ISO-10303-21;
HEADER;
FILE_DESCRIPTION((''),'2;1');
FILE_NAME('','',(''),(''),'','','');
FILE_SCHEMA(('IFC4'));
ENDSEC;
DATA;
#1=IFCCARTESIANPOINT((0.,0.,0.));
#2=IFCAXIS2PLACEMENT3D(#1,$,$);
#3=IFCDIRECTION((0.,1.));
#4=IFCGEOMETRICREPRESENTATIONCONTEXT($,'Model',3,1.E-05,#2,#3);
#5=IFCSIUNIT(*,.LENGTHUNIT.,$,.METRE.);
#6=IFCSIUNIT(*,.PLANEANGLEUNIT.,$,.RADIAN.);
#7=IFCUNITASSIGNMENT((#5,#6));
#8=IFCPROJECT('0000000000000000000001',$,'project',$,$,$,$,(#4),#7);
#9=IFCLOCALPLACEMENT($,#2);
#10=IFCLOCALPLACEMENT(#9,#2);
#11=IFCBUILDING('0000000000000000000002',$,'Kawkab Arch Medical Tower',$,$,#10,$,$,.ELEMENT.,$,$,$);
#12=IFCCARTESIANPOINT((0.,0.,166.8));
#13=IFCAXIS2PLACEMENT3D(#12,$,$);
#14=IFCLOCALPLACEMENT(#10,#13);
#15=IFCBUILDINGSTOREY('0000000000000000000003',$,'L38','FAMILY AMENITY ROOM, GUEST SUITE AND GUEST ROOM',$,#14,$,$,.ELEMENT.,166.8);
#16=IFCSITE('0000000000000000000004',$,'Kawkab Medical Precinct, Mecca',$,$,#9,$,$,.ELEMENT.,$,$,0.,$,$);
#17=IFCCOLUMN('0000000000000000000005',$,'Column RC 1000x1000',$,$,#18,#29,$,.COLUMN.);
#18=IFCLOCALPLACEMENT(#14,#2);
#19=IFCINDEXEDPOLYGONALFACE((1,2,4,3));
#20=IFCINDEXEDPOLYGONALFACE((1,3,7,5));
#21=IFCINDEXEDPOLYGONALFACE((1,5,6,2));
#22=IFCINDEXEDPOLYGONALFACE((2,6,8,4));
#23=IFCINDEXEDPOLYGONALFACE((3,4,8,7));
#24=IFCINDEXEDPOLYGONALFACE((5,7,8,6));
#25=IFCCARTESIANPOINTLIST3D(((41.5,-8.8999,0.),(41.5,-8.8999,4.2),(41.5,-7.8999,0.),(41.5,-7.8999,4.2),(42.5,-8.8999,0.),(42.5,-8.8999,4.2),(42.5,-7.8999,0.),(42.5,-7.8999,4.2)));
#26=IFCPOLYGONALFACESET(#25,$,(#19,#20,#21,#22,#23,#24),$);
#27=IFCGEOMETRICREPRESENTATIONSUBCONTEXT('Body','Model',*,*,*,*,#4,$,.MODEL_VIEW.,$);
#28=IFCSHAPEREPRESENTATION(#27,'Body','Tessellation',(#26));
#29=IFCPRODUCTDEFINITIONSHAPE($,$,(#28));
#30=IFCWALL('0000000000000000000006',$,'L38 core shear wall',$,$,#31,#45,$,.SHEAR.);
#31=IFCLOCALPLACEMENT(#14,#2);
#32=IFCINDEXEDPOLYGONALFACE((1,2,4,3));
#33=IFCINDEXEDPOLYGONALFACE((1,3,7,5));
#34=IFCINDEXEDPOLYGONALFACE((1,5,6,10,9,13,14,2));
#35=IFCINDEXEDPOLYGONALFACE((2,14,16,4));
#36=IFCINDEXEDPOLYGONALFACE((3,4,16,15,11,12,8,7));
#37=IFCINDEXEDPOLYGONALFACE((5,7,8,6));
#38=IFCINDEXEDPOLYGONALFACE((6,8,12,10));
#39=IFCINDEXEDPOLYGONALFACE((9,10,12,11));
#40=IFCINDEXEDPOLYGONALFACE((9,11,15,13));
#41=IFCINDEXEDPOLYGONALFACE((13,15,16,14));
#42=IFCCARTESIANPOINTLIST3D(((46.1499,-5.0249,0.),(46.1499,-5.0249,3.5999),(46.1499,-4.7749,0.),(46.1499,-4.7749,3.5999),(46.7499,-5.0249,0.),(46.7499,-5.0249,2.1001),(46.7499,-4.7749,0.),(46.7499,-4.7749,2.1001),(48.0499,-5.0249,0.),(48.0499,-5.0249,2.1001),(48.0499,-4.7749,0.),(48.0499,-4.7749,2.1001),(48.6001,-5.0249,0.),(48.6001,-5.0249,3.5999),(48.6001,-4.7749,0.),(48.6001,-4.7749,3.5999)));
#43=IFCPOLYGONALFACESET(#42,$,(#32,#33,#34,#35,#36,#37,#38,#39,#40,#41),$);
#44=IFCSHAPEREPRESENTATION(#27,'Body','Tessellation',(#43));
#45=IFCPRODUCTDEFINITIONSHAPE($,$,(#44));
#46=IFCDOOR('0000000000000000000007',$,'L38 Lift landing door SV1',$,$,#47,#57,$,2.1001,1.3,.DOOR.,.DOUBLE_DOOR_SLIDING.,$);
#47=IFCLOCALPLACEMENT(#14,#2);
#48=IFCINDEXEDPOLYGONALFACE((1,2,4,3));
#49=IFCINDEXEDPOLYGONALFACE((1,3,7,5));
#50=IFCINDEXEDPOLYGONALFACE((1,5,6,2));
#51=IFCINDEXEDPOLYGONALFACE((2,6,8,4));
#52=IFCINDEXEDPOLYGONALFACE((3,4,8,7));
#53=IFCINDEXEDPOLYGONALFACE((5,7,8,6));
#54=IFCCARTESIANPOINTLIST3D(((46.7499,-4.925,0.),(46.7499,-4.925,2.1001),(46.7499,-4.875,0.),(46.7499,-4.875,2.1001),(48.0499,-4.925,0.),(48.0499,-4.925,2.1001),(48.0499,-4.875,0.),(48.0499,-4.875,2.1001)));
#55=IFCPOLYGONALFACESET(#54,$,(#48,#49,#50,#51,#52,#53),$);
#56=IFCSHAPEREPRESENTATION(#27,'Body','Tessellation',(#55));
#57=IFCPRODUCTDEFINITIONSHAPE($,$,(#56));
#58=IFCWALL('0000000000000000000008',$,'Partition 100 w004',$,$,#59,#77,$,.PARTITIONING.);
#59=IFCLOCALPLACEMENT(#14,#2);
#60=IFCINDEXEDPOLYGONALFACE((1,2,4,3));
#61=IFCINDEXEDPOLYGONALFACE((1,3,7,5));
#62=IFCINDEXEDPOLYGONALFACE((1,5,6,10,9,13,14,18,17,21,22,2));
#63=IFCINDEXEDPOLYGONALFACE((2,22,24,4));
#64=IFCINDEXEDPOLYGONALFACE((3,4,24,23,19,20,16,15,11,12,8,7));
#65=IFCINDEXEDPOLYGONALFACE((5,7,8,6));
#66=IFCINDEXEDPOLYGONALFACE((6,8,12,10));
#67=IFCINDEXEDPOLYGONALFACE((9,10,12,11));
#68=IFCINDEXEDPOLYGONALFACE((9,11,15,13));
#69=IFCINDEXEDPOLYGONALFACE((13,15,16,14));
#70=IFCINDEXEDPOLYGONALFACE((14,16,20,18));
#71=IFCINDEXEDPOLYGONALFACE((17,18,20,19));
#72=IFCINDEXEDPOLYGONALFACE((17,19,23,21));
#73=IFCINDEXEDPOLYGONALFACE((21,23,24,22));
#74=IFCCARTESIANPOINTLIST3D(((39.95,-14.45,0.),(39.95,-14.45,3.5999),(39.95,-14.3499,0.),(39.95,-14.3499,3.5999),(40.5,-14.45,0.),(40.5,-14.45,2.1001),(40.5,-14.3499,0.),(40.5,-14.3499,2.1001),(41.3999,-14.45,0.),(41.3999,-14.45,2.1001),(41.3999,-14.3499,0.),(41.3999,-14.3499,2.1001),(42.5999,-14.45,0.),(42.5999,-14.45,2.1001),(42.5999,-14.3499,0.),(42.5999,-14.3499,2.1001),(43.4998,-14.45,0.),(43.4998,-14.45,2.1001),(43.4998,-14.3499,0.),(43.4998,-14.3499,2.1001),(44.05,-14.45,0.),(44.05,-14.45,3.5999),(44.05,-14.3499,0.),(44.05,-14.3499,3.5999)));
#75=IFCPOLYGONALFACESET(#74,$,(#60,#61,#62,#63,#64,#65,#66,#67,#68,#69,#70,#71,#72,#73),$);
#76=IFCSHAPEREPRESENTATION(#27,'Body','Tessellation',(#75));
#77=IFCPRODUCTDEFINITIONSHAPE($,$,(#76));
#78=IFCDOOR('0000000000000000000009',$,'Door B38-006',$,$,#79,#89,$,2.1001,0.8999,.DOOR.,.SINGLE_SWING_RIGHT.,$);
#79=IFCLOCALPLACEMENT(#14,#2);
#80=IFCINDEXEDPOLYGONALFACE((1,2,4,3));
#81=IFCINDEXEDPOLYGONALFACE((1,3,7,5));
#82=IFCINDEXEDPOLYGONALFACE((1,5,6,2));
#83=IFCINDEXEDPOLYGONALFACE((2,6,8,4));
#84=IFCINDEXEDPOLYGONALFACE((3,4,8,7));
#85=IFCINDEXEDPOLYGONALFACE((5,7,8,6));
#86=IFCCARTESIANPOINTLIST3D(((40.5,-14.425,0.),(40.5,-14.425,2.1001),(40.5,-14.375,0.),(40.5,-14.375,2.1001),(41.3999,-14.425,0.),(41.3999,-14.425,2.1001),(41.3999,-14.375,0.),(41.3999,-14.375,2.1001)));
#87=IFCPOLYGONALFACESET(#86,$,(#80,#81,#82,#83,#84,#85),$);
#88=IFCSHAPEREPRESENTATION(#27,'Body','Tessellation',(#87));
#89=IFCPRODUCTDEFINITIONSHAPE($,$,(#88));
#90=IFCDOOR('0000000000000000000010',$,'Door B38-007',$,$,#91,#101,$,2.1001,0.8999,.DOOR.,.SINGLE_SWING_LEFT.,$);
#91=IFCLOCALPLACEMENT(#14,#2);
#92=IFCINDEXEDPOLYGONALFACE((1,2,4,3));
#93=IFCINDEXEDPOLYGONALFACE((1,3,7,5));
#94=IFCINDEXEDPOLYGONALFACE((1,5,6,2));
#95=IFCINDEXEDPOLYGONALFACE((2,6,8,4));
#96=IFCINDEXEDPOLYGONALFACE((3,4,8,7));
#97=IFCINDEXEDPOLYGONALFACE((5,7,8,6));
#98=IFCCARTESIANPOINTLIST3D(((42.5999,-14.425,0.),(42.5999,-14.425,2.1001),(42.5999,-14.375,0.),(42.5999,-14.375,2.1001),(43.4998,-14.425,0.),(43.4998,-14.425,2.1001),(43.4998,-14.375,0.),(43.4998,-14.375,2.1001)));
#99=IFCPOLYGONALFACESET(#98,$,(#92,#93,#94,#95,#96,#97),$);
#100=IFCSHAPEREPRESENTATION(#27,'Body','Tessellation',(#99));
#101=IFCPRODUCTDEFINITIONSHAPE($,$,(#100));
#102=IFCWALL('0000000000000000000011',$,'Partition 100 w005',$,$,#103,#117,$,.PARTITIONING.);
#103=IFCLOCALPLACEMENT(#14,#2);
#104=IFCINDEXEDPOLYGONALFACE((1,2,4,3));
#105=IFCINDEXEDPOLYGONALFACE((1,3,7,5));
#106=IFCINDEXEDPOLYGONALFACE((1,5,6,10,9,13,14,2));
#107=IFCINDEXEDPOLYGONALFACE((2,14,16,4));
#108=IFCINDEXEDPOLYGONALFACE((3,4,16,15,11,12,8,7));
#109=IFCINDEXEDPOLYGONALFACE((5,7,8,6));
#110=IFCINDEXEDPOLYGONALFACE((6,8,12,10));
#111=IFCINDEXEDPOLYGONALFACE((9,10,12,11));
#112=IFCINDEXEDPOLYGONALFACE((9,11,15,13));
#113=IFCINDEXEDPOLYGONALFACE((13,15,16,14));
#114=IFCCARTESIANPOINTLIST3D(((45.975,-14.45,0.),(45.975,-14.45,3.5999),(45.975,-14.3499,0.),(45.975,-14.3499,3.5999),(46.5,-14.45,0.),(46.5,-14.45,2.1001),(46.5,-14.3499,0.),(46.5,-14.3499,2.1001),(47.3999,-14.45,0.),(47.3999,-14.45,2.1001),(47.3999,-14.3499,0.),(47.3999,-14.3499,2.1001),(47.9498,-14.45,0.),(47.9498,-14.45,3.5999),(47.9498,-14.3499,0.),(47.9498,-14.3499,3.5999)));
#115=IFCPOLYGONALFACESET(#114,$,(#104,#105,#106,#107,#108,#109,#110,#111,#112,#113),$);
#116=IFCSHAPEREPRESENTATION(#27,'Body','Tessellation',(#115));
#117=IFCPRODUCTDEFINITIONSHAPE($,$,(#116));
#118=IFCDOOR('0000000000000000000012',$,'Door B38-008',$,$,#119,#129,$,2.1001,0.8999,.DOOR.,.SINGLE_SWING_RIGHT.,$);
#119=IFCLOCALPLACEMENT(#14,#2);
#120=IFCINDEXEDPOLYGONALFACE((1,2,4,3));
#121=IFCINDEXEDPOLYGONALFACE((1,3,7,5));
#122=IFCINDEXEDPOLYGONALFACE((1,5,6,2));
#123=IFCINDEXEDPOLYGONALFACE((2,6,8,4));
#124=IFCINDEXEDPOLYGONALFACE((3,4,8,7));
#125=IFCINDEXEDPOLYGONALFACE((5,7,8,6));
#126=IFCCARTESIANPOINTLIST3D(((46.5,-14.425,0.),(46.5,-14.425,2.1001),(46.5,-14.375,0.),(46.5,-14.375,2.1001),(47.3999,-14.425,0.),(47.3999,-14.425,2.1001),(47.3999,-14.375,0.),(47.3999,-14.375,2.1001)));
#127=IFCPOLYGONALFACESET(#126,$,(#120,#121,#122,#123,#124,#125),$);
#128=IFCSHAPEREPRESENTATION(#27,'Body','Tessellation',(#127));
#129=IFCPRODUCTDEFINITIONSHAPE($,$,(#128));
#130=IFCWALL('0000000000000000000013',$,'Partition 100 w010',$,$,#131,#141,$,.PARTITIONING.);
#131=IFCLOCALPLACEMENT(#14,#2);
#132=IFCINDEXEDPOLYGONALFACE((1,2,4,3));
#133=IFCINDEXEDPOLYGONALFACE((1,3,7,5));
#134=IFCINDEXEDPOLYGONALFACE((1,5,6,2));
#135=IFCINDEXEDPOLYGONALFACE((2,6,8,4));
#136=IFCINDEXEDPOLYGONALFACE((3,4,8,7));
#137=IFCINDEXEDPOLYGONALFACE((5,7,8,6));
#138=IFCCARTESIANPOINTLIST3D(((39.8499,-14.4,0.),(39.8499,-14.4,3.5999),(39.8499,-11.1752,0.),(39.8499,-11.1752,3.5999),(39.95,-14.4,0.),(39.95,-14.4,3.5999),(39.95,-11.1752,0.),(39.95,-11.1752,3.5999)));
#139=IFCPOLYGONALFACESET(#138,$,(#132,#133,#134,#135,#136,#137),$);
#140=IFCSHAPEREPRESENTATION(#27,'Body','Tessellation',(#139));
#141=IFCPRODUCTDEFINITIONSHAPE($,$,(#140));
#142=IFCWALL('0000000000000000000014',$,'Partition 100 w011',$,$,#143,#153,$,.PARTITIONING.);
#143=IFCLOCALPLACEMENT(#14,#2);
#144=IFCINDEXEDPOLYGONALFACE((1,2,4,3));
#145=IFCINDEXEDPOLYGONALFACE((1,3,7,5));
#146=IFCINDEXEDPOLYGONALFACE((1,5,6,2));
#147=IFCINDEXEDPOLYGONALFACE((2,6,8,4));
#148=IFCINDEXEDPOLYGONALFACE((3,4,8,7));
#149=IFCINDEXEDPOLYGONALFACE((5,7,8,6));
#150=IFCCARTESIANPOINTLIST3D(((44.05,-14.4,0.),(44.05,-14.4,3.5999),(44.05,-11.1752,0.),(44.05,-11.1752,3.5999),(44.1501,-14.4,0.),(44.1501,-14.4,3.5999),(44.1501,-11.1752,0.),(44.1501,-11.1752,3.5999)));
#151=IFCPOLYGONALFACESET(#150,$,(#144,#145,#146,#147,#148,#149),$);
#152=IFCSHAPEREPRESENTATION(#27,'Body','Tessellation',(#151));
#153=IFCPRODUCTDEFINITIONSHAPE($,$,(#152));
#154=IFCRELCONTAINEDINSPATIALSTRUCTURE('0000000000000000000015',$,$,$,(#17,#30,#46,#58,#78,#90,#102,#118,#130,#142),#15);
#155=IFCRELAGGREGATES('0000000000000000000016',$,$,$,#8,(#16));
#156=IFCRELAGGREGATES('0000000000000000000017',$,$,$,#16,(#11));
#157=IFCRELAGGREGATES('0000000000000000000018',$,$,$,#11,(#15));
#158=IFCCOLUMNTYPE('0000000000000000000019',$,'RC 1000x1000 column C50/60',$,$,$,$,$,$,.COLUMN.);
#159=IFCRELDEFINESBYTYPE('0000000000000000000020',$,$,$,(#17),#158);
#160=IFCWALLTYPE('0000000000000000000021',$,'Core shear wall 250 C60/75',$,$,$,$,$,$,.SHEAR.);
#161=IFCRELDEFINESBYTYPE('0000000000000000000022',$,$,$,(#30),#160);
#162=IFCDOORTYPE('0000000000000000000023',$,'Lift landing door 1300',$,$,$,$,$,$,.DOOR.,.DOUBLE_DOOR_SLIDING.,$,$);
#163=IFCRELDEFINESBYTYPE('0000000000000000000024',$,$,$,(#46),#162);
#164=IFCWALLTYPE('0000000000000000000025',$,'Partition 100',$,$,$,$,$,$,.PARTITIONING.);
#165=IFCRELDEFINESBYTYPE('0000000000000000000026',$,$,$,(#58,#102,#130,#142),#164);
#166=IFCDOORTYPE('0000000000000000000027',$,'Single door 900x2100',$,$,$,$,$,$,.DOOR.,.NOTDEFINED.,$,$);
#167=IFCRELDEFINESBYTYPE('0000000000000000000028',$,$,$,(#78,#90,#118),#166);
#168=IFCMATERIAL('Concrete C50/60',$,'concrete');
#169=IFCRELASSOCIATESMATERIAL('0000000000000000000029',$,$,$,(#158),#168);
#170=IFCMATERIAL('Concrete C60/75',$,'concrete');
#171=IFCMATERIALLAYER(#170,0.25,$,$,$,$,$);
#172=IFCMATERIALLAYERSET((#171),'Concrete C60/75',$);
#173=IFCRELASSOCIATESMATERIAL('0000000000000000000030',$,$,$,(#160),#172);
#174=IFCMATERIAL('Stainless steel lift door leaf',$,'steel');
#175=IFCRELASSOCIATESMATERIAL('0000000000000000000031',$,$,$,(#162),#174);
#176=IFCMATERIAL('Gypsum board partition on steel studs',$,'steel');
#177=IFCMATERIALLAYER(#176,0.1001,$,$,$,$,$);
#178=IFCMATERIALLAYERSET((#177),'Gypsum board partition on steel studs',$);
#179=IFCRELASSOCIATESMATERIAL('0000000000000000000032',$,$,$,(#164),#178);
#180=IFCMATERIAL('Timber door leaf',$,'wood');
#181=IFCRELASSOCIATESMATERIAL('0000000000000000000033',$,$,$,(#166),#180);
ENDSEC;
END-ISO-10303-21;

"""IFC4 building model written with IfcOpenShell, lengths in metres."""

from ifc_helpers import new_model, si_unit, direction, frame, frame_2d, origin, origin_2d, place, context, subcontext, project, spatial, rectangle, extrude, material, layer, layer_set, material_profile, profile_set, type_object, element, fill, save


model = new_model("IFC4")

# Units and contexts
model_context = context("Model", 3, precision=1e-05, world=origin(), true_north=direction((0.0, 1.0)))
body_context = subcontext(model_context, "Body", "Model", "MODEL_VIEW")
ifc_project = project(units=[si_unit("LENGTHUNIT", "METRE"), si_unit("PLANEANGLEUNIT", "RADIAN")], contexts=[model_context])

# Site, building, storey
site_placement = place(None, origin())
site = spatial("IfcSite", under=ifc_project, at=site_placement, Name="Kawkab Medical Precinct, Mecca", CompositionType="ELEMENT", RefElevation=0.0)
building_placement = place(site_placement, origin())
building = spatial("IfcBuilding", under=site, at=building_placement, Name="Kawkab Arch Medical Tower", CompositionType="ELEMENT")
storey_placement = place(building_placement, frame((0.0, 0.0, 166.8)))
storey = spatial("IfcBuildingStorey", under=building, at=storey_placement, Name="L38", Description="FAMILY AMENITY ROOM, GUEST SUITE AND GUEST ROOM", CompositionType="ELEMENT", Elevation=166.8)

# Column
ifc_material_1 = material(Name="Concrete C50/60", Category="concrete")
ifc_material_profile = material_profile(ifc_material_1, rectangle(XDim=1.0, YDim=1.0, at=origin_2d()), Name="RC 1000x1000")
ifc_profile_set = profile_set([ifc_material_profile], Name="Concrete C50/60")
column_type = type_object("IfcColumnType", Name="RC 1000x1000 column C50/60", PredefinedType="COLUMN", material=ifc_profile_set)
column_placement = place(storey_placement, frame((42.0, -8.3999, 0.0), z_axis=(0.0, 0.0, 1.0), x_axis=(1.0, 0.0, 0.0)))
element("IfcColumn", 1, at=column_placement, inside=storey, type_object=column_type, Name="Column RC 1000x1000", PredefinedType="COLUMN", context=body_context, shape_type="SweptSolid", body=[
    extrude(rectangle(XDim=1.0, YDim=1.0, at=origin_2d()), origin(), (0.0, 0.0, 1.0), 4.2),
])

# Wall, opening, door
ifc_material_2 = material(Name="Concrete C60/75", Category="concrete")
ifc_layer_1 = layer(ifc_material_2, 0.25)
ifc_layer_set_1 = layer_set([ifc_layer_1], Name="Concrete C60/75")
wall_type_1 = type_object("IfcWallType", Name="Core shear wall 250 C60/75", PredefinedType="SHEAR", material=ifc_layer_set_1)
wall_1_placement = place(storey_placement, frame((46.1499, -4.8999, 0.0), z_axis=(0.0, 0.0, 1.0), x_axis=(1.0, 0.0, 0.0)))
wall_1 = element("IfcWall", 2, at=wall_1_placement, inside=storey, type_object=wall_type_1, Name="L38 core shear wall", PredefinedType="SHEAR", context=body_context, shape_type="SweptSolid", body=[
    extrude(rectangle(XDim=2.4502, YDim=0.25, at=frame_2d((1.2251, 0.0))), origin(), (0.0, 0.0, 1.0), 3.5999),
])
opening_1_placement = place(wall_1_placement, frame((0.6001, 0.0, 0.0)))
opening_1 = element("IfcOpeningElement", 3, at=opening_1_placement, cuts=wall_1, PredefinedType="OPENING", context=body_context, shape_type="SweptSolid", body=[
    extrude(rectangle(XDim=1.3, YDim=2.1001, at=frame_2d((0.6499, 1.05))), frame((0.0, 0.135, 0.0), z_axis=(0.0, -1.0, 0.0), x_axis=(1.0, 0.0, 0.0)), (0.0, 0.0, 1.0), 0.27),
])
ifc_material_3 = material(Name="Stainless steel lift door leaf", Category="steel")
door_type_1 = type_object("IfcDoorType", Name="Lift landing door 1300", OperationType="DOUBLE_DOOR_SLIDING", PredefinedType="DOOR", material=ifc_material_3)
door_1_placement = place(opening_1_placement, origin())
door_1 = element("IfcDoor", 4, at=door_1_placement, inside=storey, type_object=door_type_1, Name="L38 Lift landing door SV1", OperationType="DOUBLE_DOOR_SLIDING", OverallHeight=2.1001, OverallWidth=1.3, PredefinedType="DOOR", context=body_context, shape_type="SweptSolid", body=[
    extrude(rectangle(XDim=1.3, YDim=2.1001, at=frame_2d((0.6499, 1.05))), frame((0.0, 0.0249, 0.0), z_axis=(0.0, -1.0, 0.0), x_axis=(1.0, 0.0, 0.0)), (0.0, 0.0, 1.0), 0.05),
])
fill(opening_1, door_1)

# Wall, openings, doors
ifc_material_4 = material(Name="Gypsum board partition on steel studs", Category="steel")
ifc_layer_2 = layer(ifc_material_4, 0.1001)
ifc_layer_set_2 = layer_set([ifc_layer_2], Name="Gypsum board partition on steel studs")
wall_type_2 = type_object("IfcWallType", Name="Partition 100", PredefinedType="PARTITIONING", material=ifc_layer_set_2)
wall_2_placement = place(storey_placement, frame((39.95, -14.3999, 0.0), z_axis=(0.0, 0.0, 1.0), x_axis=(1.0, 0.0, 0.0)))
wall_2 = element("IfcWall", 5, at=wall_2_placement, inside=storey, type_object=wall_type_2, Name="Partition 100 w004", PredefinedType="PARTITIONING", context=body_context, shape_type="SweptSolid", body=[
    extrude(rectangle(XDim=4.1001, YDim=0.1001, at=frame_2d((2.05, 0.0))), origin(), (0.0, 0.0, 1.0), 3.5999),
])
opening_2_placement = place(wall_2_placement, frame((0.55, 0.0, 0.0)))
opening_2 = element("IfcOpeningElement", 6, at=opening_2_placement, cuts=wall_2, PredefinedType="OPENING", context=body_context, shape_type="SweptSolid", body=[
    extrude(rectangle(XDim=0.8999, YDim=2.1001, at=frame_2d((0.45, 1.05))), frame((0.0, 0.0601, 0.0), z_axis=(0.0, -1.0, 0.0), x_axis=(1.0, 0.0, 0.0)), (0.0, 0.0, 1.0), 0.1201),
])
opening_3_placement = place(wall_2_placement, frame((2.6499, 0.0, 0.0)))
opening_3 = element("IfcOpeningElement", 7, at=opening_3_placement, cuts=wall_2, PredefinedType="OPENING", context=body_context, shape_type="SweptSolid", body=[
    extrude(rectangle(XDim=0.8999, YDim=2.1001, at=frame_2d((0.45, 1.05))), frame((0.0, 0.0601, 0.0), z_axis=(0.0, -1.0, 0.0), x_axis=(1.0, 0.0, 0.0)), (0.0, 0.0, 1.0), 0.1201),
])
ifc_material_5 = material(Name="Timber door leaf", Category="wood")
door_type_2 = type_object("IfcDoorType", Name="Single door 900x2100", OperationType="NOTDEFINED", PredefinedType="DOOR", material=ifc_material_5)
door_2_placement = place(opening_2_placement, origin())
door_2 = element("IfcDoor", 8, at=door_2_placement, inside=storey, type_object=door_type_2, Name="Door B38-006", OperationType="SINGLE_SWING_RIGHT", OverallHeight=2.1001, OverallWidth=0.8999, PredefinedType="DOOR", context=body_context, shape_type="SweptSolid", body=[
    extrude(rectangle(XDim=0.8999, YDim=2.1001, at=frame_2d((0.45, 1.05))), frame((0.0, 0.0249, 0.0), z_axis=(0.0, -1.0, 0.0), x_axis=(1.0, 0.0, 0.0)), (0.0, 0.0, 1.0), 0.05),
])
fill(opening_2, door_2)
door_3_placement = place(opening_3_placement, origin())
door_3 = element("IfcDoor", 9, at=door_3_placement, inside=storey, type_object=door_type_2, Name="Door B38-007", OperationType="SINGLE_SWING_LEFT", OverallHeight=2.1001, OverallWidth=0.8999, PredefinedType="DOOR", context=body_context, shape_type="SweptSolid", body=[
    extrude(rectangle(XDim=0.8999, YDim=2.1001, at=frame_2d((0.45, 1.05))), frame((0.0, 0.0249, 0.0), z_axis=(0.0, -1.0, 0.0), x_axis=(1.0, 0.0, 0.0)), (0.0, 0.0, 1.0), 0.05),
])
fill(opening_3, door_3)

# Wall, opening, door
wall_3_placement = place(storey_placement, frame((45.9751, -14.3999, 0.0), z_axis=(0.0, 0.0, 1.0), x_axis=(1.0, 0.0, 0.0)))
wall_3 = element("IfcWall", 10, at=wall_3_placement, inside=storey, type_object=wall_type_2, Name="Partition 100 w005", PredefinedType="PARTITIONING", context=body_context, shape_type="SweptSolid", body=[
    extrude(rectangle(XDim=1.9749, YDim=0.1001, at=frame_2d((0.9873, 0.0))), origin(), (0.0, 0.0, 1.0), 3.5999),
])
opening_4_placement = place(wall_3_placement, frame((0.5249, 0.0, 0.0)))
opening_4 = element("IfcOpeningElement", 11, at=opening_4_placement, cuts=wall_3, PredefinedType="OPENING", context=body_context, shape_type="SweptSolid", body=[
    extrude(rectangle(XDim=0.8999, YDim=2.1001, at=frame_2d((0.45, 1.05))), frame((0.0, 0.0601, 0.0), z_axis=(0.0, -1.0, 0.0), x_axis=(1.0, 0.0, 0.0)), (0.0, 0.0, 1.0), 0.1201),
])
door_4_placement = place(opening_4_placement, origin())
door_4 = element("IfcDoor", 12, at=door_4_placement, inside=storey, type_object=door_type_2, Name="Door B38-008", OperationType="SINGLE_SWING_RIGHT", OverallHeight=2.1001, OverallWidth=0.8999, PredefinedType="DOOR", context=body_context, shape_type="SweptSolid", body=[
    extrude(rectangle(XDim=0.8999, YDim=2.1001, at=frame_2d((0.45, 1.05))), frame((0.0, 0.0249, 0.0), z_axis=(0.0, -1.0, 0.0), x_axis=(1.0, 0.0, 0.0)), (0.0, 0.0, 1.0), 0.05),
])
fill(opening_4, door_4)

# Walls
for number, where, z_axis, x_axis, name in (
    (13, (39.8999, -14.3999, 0.0), (0.0, 0.0, 1.0), (0.0, 1.0, 0.0), "Partition 100 w010"),
    (14, (44.1001, -14.3999, 0.0), (0.0, 0.0, 1.0), (0.0, 1.0, 0.0), "Partition 100 w011"),
):
    element("IfcWall", number, at=place(storey_placement, frame(where, z_axis=z_axis, x_axis=x_axis)), inside=storey, type_object=wall_type_2, Name=name, PredefinedType="PARTITIONING", context=body_context, shape_type="SweptSolid", body=[
        extrude(rectangle(XDim=3.2249, YDim=0.1001, at=frame_2d((1.6123, 0.0))), origin(), (0.0, 0.0, 1.0), 3.5999),
    ])

save(model, "model.ifc")
